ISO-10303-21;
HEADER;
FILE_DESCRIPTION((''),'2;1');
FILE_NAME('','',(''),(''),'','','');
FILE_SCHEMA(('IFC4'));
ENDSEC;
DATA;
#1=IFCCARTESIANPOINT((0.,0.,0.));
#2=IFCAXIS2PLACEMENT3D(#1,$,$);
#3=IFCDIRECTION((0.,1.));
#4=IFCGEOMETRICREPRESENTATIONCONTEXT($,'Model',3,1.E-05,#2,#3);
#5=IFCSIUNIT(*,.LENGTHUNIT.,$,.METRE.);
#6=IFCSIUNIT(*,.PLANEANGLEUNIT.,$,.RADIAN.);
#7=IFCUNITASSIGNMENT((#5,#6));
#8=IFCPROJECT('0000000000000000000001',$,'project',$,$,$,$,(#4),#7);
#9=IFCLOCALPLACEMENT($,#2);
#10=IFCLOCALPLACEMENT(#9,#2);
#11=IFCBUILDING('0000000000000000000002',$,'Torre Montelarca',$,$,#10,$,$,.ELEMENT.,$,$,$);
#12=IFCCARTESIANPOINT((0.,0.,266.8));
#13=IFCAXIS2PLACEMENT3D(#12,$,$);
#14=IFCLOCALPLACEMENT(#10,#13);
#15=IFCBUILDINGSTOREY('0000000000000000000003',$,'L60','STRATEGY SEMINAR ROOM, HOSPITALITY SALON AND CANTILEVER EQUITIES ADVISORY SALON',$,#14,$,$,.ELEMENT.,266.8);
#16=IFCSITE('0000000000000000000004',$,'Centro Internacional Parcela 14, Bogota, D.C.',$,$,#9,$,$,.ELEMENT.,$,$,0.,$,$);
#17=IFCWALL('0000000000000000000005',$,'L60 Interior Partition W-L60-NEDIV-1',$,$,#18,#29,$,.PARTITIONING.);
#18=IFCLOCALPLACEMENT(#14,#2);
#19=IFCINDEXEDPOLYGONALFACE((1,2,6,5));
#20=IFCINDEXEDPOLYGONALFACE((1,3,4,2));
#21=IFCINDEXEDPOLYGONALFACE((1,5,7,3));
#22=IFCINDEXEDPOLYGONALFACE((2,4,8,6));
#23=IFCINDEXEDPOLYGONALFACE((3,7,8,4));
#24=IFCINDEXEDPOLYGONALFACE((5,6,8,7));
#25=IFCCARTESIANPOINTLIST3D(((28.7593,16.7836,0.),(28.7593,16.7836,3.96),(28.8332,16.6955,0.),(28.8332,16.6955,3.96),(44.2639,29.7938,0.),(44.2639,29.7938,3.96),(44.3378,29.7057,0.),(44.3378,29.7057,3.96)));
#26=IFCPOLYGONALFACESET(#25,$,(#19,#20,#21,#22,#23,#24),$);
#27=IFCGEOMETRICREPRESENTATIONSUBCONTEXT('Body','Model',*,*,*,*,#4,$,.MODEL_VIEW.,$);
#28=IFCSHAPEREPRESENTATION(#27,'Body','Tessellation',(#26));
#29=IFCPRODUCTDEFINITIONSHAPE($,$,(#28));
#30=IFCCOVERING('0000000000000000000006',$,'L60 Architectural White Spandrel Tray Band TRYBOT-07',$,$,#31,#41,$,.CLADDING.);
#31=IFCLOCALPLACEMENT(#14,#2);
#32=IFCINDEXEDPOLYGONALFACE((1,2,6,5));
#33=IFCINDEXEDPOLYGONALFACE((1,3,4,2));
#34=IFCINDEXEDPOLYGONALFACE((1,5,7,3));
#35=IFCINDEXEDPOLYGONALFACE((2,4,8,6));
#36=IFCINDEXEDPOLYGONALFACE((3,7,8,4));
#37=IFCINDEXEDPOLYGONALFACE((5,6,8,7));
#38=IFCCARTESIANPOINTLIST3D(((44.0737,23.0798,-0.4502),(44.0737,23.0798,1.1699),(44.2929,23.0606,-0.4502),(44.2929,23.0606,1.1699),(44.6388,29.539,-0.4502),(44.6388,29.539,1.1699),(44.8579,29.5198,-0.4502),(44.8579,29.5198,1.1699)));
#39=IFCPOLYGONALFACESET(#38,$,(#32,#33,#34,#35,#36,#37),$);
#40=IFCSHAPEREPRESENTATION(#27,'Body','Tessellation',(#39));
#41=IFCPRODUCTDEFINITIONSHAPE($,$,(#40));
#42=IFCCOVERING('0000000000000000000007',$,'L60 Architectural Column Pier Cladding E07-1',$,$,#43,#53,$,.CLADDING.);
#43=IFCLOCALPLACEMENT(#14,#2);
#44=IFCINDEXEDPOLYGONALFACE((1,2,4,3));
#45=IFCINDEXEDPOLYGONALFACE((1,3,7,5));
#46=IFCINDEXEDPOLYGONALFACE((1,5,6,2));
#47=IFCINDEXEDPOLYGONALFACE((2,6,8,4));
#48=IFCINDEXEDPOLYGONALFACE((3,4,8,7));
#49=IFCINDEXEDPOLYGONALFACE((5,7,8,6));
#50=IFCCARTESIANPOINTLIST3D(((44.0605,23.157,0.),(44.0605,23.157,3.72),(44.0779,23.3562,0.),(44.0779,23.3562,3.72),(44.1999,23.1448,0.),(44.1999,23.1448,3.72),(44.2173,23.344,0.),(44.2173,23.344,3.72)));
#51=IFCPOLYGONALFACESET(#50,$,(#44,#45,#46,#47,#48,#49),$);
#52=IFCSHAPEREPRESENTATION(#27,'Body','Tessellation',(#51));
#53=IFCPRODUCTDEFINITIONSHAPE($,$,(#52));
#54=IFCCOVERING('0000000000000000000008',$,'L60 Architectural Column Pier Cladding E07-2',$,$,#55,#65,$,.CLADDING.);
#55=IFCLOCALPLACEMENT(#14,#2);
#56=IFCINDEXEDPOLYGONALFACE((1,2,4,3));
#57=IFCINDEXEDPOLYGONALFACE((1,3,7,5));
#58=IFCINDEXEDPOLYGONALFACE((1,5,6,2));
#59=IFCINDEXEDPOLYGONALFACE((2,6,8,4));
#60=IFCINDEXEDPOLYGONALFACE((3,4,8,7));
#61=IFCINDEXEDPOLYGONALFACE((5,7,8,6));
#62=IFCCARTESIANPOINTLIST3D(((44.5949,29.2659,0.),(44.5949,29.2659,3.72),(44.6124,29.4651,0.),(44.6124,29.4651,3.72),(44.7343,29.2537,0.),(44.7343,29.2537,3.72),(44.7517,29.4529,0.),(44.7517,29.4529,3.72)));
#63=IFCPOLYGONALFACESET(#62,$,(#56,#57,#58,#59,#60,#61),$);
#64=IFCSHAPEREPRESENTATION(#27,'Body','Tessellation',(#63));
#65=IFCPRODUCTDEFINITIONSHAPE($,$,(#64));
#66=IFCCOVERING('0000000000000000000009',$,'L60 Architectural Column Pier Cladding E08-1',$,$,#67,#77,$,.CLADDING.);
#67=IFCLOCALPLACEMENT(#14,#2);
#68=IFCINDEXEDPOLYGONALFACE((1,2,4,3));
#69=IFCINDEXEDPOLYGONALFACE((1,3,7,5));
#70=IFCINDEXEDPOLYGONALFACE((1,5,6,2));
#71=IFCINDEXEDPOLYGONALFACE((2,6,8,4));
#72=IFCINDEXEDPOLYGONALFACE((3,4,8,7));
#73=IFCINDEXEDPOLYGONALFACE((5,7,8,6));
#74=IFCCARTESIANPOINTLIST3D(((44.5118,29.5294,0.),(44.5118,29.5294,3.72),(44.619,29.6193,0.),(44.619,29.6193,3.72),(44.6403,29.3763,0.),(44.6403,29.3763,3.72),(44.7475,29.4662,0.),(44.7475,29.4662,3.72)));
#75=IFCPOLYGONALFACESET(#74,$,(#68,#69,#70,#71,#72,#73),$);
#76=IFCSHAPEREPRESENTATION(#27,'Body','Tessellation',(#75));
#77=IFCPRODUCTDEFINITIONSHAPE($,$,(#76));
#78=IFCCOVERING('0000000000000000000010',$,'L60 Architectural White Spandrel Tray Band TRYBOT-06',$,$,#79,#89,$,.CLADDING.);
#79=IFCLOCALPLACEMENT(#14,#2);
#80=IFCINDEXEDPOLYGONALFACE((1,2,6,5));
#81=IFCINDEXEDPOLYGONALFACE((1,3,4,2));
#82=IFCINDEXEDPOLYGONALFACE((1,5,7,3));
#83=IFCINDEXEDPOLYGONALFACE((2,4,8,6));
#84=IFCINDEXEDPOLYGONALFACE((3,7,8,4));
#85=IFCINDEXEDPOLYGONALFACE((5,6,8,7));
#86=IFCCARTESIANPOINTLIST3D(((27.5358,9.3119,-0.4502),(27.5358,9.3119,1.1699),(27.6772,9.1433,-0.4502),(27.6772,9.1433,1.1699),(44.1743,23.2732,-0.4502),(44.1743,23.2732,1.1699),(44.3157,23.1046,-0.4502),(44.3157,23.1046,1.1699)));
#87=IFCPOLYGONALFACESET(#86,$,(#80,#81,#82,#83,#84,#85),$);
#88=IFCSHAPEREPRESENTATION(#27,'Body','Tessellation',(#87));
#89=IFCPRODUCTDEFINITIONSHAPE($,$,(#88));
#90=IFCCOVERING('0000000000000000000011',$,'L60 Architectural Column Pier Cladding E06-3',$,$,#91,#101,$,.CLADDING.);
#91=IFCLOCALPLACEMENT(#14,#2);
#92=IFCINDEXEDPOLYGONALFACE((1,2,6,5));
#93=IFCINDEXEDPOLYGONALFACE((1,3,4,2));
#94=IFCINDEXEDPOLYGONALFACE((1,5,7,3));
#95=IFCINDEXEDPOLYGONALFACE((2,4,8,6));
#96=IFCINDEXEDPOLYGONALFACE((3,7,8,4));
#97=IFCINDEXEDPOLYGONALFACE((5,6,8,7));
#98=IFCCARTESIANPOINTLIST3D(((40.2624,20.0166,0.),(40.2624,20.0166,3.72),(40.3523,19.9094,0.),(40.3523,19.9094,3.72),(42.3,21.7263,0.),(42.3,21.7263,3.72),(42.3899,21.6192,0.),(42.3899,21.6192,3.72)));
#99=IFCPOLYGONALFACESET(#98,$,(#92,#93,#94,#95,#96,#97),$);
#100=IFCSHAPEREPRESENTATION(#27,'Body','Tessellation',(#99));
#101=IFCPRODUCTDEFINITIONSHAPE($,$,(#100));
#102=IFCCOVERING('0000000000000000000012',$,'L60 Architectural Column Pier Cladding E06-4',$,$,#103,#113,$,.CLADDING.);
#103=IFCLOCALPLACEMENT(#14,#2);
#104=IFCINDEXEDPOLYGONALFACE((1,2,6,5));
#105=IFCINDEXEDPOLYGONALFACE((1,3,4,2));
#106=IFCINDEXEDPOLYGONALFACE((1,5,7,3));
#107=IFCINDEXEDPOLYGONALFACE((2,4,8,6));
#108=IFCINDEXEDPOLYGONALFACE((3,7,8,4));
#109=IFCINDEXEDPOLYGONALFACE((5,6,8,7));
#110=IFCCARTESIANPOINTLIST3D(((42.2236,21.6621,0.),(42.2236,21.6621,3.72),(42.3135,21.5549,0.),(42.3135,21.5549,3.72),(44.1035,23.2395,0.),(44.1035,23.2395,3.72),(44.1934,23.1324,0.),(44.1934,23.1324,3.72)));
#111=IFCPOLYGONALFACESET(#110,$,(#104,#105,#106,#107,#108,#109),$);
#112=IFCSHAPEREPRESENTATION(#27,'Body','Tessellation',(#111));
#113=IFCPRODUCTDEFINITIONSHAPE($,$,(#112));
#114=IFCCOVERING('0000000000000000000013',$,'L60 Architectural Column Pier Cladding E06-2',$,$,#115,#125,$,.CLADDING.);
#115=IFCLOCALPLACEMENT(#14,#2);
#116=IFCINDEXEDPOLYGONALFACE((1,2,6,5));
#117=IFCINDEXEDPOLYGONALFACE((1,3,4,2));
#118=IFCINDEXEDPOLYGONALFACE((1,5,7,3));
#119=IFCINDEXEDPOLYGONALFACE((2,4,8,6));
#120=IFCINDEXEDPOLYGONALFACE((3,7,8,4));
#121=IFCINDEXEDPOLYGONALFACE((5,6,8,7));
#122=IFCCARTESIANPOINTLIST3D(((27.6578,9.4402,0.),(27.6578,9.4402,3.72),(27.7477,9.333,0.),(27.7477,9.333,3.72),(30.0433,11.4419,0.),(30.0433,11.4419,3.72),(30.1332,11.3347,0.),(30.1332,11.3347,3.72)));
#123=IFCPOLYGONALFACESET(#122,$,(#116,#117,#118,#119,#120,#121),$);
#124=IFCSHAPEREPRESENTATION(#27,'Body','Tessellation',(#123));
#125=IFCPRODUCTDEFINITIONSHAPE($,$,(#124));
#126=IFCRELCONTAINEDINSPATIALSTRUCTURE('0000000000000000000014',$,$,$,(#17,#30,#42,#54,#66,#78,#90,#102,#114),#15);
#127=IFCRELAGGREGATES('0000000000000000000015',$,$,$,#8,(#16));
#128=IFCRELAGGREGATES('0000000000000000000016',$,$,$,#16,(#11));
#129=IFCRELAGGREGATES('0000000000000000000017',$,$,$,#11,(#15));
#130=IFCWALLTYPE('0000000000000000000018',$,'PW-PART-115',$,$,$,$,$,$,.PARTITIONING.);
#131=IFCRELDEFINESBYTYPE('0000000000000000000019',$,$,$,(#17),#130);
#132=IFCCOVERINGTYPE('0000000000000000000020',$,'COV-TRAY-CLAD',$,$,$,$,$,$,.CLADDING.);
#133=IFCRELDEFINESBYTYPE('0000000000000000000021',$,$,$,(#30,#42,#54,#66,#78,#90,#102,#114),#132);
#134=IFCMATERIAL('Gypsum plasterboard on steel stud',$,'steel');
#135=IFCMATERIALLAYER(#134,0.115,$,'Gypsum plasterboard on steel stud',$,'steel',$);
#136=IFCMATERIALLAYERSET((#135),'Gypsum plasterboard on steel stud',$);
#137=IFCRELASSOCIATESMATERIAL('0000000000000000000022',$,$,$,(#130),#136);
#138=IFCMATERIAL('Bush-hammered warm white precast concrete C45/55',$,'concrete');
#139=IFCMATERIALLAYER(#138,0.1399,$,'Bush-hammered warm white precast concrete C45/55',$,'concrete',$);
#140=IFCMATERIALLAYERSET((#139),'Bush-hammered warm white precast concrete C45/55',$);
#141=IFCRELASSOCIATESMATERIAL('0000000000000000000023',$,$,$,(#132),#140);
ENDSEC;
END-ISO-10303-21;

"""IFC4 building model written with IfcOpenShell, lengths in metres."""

from ifc_helpers import new_model, si_unit, direction, frame, frame_2d, origin, origin_2d, place, context, subcontext, project, spatial, rectangle, extrude, source, transform, mapped, material, layer, layer_set, type_object, element, save


model = new_model("IFC4")

# Units and contexts
model_context = context("Model", 3, precision=1e-05, world=origin(), true_north=direction((0.0, 1.0)))
body_context = subcontext(model_context, "Body", "Model", "MODEL_VIEW")
ifc_project = project(units=[si_unit("LENGTHUNIT", "METRE"), si_unit("PLANEANGLEUNIT", "RADIAN")], contexts=[model_context])

# Site, building, storey
site_placement = place(None, origin())
site = spatial("IfcSite", under=ifc_project, at=site_placement, Name="Centro Internacional Parcela 14, Bogota, D.C.", CompositionType="ELEMENT", RefElevation=0.0)
building_placement = place(site_placement, origin())
building = spatial("IfcBuilding", under=site, at=building_placement, Name="Torre Montelarca", CompositionType="ELEMENT")
storey_placement = place(building_placement, frame((0.0, 0.0, 266.8)))
storey = spatial("IfcBuildingStorey", under=building, at=storey_placement, Name="L60", Description="STRATEGY SEMINAR ROOM, HOSPITALITY SALON AND CANTILEVER EQUITIES ADVISORY SALON", CompositionType="ELEMENT", Elevation=266.8)

# Wall
ifc_material_1 = material(Name="Gypsum plasterboard on steel stud", Category="steel")
ifc_layer_1 = layer(ifc_material_1, 0.115, Name="Gypsum plasterboard on steel stud", Category="steel")
ifc_layer_set_1 = layer_set([ifc_layer_1], Name="Gypsum plasterboard on steel stud")
wall_type = type_object("IfcWallType", Name="PW-PART-115", PredefinedType="PARTITIONING", material=ifc_layer_set_1)
wall_placement = place(storey_placement, frame((28.7961, 16.7395, 0.0), z_axis=(0.0, 0.0, 1.0), x_axis=(0.766037, 0.642797, 0.0)))
element("IfcWall", 1, at=wall_placement, inside=storey, type_object=wall_type, Name="L60 Interior Partition W-L60-NEDIV-1", PredefinedType="PARTITIONING", context=body_context, shape_type="SweptSolid", body=[
    extrude(rectangle(XDim=20.24, YDim=0.115, at=frame_2d((10.1201, 0.0))), origin(), (0.0, 0.0, 1.0), 3.96),
])

# Coverings
ifc_material_2 = material(Name="Bush-hammered warm white precast concrete C45/55", Category="concrete")
ifc_layer_2 = layer(ifc_material_2, 0.1399, Name="Bush-hammered warm white precast concrete C45/55", Category="concrete")
ifc_layer_set_2 = layer_set([ifc_layer_2], Name="Bush-hammered warm white precast concrete C45/55")
covering_type = type_object("IfcCoveringType", Name="COV-TRAY-CLAD", PredefinedType="CLADDING", material=ifc_layer_set_2)
shared_shape_1 = source(origin(), body_context, "Body", "SweptSolid", [
    extrude(rectangle(XDim=6.4839, YDim=0.22, at=origin_2d()), origin(), (0.0, 0.0, 1.0), 1.6201),
])
covering_1_placement = place(storey_placement, frame((44.4658, 26.2998, -0.4502), z_axis=(0.0, 0.0, 1.0), x_axis=(0.087147, 0.996195, 0.0)))
element("IfcCovering", 2, at=covering_1_placement, inside=storey, type_object=covering_type, Name="L60 Architectural White Spandrel Tray Band TRYBOT-07", PredefinedType="CLADDING", context=body_context, shape_type="MappedRepresentation", body=[
    mapped(shared_shape_1, transform((0.0, 0.0, 0.0), scale=1.0)),
])
shared_shape_2 = source(origin(), body_context, "Body", "SweptSolid", [
    extrude(rectangle(XDim=0.2, YDim=0.1399, at=origin_2d()), origin(), (0.0, 0.0, 1.0), 3.72),
])
for number, where, z_axis, x_axis, name in (
    (3, (44.1389, 23.2505, 0.0), (0.0, 0.0, 1.0), (0.087161, 0.996194, 0.0), "L60 Architectural Column Pier Cladding E07-1"),
    (4, (44.6733, 29.3594, 0.0), (0.0, 0.0, 1.0), (0.087161, 0.996194, 0.0), "L60 Architectural Column Pier Cladding E07-2"),
    (5, (44.6296, 29.4978, 0.0), (0.0, 0.0, 1.0), (-0.642788, 0.766044, 0.0), "L60 Architectural Column Pier Cladding E08-1"),
):
    element("IfcCovering", number, at=place(storey_placement, frame(where, z_axis=z_axis, x_axis=x_axis)), inside=storey, type_object=covering_type, Name=name, PredefinedType="CLADDING", context=body_context, shape_type="MappedRepresentation", body=[
        mapped(shared_shape_2, transform((0.0, 0.0, 0.0), scale=1.0)),
    ])
shared_shape_3 = source(origin(), body_context, "Body", "SweptSolid", [
    extrude(rectangle(XDim=21.72, YDim=0.22, at=origin_2d()), origin(), (0.0, 0.0, 1.0), 1.6201),
])
covering_2_placement = place(storey_placement, frame((35.9258, 16.2083, -0.4502), z_axis=(0.0, 0.0, 1.0), x_axis=(0.766046, 0.642786, 0.0)))
element("IfcCovering", 6, at=covering_2_placement, inside=storey, type_object=covering_type, Name="L60 Architectural White Spandrel Tray Band TRYBOT-06", PredefinedType="CLADDING", context=body_context, shape_type="MappedRepresentation", body=[
    mapped(shared_shape_3, transform((0.0, 0.0, 0.0), scale=1.0)),
])
shared_shape_4 = source(origin(), body_context, "Body", "SweptSolid", [
    extrude(rectangle(XDim=2.6599, YDim=0.1399, at=origin_2d()), origin(), (0.0, 0.0, 1.0), 3.72),
])
covering_3_placement = place(storey_placement, frame((41.3262, 20.8179, 0.0), z_axis=(0.0, 0.0, 1.0), x_axis=(0.766044, 0.642788, 0.0)))
element("IfcCovering", 7, at=covering_3_placement, inside=storey, type_object=covering_type, Name="L60 Architectural Column Pier Cladding E06-3", PredefinedType="CLADDING", context=body_context, shape_type="MappedRepresentation", body=[
    mapped(shared_shape_4, transform((0.0, 0.0, 0.0), scale=1.0)),
])
shared_shape_5 = source(origin(), body_context, "Body", "SweptSolid", [
    extrude(rectangle(XDim=2.4541, YDim=0.1399, at=origin_2d()), origin(), (0.0, 0.0, 1.0), 3.72),
])
covering_4_placement = place(storey_placement, frame((43.2085, 22.3972, 0.0), z_axis=(0.0, 0.0, 1.0), x_axis=(0.766044, 0.642788, 0.0)))
element("IfcCovering", 8, at=covering_4_placement, inside=storey, type_object=covering_type, Name="L60 Architectural Column Pier Cladding E06-4", PredefinedType="CLADDING", context=body_context, shape_type="MappedRepresentation", body=[
    mapped(shared_shape_5, transform((0.0, 0.0, 0.0), scale=1.0)),
])
shared_shape_6 = source(origin(), body_context, "Body", "SweptSolid", [
    extrude(rectangle(XDim=3.114, YDim=0.1399, at=origin_2d()), origin(), (0.0, 0.0, 1.0), 3.72),
])
covering_5_placement = place(storey_placement, frame((28.8955, 10.3875, 0.0), z_axis=(0.0, 0.0, 1.0), x_axis=(0.766044, 0.642788, 0.0)))
element("IfcCovering", 9, at=covering_5_placement, inside=storey, type_object=covering_type, Name="L60 Architectural Column Pier Cladding E06-2", PredefinedType="CLADDING", context=body_context, shape_type="MappedRepresentation", body=[
    mapped(shared_shape_6, transform((0.0, 0.0, 0.0), scale=1.0)),
])

save(model, "model.ifc")
